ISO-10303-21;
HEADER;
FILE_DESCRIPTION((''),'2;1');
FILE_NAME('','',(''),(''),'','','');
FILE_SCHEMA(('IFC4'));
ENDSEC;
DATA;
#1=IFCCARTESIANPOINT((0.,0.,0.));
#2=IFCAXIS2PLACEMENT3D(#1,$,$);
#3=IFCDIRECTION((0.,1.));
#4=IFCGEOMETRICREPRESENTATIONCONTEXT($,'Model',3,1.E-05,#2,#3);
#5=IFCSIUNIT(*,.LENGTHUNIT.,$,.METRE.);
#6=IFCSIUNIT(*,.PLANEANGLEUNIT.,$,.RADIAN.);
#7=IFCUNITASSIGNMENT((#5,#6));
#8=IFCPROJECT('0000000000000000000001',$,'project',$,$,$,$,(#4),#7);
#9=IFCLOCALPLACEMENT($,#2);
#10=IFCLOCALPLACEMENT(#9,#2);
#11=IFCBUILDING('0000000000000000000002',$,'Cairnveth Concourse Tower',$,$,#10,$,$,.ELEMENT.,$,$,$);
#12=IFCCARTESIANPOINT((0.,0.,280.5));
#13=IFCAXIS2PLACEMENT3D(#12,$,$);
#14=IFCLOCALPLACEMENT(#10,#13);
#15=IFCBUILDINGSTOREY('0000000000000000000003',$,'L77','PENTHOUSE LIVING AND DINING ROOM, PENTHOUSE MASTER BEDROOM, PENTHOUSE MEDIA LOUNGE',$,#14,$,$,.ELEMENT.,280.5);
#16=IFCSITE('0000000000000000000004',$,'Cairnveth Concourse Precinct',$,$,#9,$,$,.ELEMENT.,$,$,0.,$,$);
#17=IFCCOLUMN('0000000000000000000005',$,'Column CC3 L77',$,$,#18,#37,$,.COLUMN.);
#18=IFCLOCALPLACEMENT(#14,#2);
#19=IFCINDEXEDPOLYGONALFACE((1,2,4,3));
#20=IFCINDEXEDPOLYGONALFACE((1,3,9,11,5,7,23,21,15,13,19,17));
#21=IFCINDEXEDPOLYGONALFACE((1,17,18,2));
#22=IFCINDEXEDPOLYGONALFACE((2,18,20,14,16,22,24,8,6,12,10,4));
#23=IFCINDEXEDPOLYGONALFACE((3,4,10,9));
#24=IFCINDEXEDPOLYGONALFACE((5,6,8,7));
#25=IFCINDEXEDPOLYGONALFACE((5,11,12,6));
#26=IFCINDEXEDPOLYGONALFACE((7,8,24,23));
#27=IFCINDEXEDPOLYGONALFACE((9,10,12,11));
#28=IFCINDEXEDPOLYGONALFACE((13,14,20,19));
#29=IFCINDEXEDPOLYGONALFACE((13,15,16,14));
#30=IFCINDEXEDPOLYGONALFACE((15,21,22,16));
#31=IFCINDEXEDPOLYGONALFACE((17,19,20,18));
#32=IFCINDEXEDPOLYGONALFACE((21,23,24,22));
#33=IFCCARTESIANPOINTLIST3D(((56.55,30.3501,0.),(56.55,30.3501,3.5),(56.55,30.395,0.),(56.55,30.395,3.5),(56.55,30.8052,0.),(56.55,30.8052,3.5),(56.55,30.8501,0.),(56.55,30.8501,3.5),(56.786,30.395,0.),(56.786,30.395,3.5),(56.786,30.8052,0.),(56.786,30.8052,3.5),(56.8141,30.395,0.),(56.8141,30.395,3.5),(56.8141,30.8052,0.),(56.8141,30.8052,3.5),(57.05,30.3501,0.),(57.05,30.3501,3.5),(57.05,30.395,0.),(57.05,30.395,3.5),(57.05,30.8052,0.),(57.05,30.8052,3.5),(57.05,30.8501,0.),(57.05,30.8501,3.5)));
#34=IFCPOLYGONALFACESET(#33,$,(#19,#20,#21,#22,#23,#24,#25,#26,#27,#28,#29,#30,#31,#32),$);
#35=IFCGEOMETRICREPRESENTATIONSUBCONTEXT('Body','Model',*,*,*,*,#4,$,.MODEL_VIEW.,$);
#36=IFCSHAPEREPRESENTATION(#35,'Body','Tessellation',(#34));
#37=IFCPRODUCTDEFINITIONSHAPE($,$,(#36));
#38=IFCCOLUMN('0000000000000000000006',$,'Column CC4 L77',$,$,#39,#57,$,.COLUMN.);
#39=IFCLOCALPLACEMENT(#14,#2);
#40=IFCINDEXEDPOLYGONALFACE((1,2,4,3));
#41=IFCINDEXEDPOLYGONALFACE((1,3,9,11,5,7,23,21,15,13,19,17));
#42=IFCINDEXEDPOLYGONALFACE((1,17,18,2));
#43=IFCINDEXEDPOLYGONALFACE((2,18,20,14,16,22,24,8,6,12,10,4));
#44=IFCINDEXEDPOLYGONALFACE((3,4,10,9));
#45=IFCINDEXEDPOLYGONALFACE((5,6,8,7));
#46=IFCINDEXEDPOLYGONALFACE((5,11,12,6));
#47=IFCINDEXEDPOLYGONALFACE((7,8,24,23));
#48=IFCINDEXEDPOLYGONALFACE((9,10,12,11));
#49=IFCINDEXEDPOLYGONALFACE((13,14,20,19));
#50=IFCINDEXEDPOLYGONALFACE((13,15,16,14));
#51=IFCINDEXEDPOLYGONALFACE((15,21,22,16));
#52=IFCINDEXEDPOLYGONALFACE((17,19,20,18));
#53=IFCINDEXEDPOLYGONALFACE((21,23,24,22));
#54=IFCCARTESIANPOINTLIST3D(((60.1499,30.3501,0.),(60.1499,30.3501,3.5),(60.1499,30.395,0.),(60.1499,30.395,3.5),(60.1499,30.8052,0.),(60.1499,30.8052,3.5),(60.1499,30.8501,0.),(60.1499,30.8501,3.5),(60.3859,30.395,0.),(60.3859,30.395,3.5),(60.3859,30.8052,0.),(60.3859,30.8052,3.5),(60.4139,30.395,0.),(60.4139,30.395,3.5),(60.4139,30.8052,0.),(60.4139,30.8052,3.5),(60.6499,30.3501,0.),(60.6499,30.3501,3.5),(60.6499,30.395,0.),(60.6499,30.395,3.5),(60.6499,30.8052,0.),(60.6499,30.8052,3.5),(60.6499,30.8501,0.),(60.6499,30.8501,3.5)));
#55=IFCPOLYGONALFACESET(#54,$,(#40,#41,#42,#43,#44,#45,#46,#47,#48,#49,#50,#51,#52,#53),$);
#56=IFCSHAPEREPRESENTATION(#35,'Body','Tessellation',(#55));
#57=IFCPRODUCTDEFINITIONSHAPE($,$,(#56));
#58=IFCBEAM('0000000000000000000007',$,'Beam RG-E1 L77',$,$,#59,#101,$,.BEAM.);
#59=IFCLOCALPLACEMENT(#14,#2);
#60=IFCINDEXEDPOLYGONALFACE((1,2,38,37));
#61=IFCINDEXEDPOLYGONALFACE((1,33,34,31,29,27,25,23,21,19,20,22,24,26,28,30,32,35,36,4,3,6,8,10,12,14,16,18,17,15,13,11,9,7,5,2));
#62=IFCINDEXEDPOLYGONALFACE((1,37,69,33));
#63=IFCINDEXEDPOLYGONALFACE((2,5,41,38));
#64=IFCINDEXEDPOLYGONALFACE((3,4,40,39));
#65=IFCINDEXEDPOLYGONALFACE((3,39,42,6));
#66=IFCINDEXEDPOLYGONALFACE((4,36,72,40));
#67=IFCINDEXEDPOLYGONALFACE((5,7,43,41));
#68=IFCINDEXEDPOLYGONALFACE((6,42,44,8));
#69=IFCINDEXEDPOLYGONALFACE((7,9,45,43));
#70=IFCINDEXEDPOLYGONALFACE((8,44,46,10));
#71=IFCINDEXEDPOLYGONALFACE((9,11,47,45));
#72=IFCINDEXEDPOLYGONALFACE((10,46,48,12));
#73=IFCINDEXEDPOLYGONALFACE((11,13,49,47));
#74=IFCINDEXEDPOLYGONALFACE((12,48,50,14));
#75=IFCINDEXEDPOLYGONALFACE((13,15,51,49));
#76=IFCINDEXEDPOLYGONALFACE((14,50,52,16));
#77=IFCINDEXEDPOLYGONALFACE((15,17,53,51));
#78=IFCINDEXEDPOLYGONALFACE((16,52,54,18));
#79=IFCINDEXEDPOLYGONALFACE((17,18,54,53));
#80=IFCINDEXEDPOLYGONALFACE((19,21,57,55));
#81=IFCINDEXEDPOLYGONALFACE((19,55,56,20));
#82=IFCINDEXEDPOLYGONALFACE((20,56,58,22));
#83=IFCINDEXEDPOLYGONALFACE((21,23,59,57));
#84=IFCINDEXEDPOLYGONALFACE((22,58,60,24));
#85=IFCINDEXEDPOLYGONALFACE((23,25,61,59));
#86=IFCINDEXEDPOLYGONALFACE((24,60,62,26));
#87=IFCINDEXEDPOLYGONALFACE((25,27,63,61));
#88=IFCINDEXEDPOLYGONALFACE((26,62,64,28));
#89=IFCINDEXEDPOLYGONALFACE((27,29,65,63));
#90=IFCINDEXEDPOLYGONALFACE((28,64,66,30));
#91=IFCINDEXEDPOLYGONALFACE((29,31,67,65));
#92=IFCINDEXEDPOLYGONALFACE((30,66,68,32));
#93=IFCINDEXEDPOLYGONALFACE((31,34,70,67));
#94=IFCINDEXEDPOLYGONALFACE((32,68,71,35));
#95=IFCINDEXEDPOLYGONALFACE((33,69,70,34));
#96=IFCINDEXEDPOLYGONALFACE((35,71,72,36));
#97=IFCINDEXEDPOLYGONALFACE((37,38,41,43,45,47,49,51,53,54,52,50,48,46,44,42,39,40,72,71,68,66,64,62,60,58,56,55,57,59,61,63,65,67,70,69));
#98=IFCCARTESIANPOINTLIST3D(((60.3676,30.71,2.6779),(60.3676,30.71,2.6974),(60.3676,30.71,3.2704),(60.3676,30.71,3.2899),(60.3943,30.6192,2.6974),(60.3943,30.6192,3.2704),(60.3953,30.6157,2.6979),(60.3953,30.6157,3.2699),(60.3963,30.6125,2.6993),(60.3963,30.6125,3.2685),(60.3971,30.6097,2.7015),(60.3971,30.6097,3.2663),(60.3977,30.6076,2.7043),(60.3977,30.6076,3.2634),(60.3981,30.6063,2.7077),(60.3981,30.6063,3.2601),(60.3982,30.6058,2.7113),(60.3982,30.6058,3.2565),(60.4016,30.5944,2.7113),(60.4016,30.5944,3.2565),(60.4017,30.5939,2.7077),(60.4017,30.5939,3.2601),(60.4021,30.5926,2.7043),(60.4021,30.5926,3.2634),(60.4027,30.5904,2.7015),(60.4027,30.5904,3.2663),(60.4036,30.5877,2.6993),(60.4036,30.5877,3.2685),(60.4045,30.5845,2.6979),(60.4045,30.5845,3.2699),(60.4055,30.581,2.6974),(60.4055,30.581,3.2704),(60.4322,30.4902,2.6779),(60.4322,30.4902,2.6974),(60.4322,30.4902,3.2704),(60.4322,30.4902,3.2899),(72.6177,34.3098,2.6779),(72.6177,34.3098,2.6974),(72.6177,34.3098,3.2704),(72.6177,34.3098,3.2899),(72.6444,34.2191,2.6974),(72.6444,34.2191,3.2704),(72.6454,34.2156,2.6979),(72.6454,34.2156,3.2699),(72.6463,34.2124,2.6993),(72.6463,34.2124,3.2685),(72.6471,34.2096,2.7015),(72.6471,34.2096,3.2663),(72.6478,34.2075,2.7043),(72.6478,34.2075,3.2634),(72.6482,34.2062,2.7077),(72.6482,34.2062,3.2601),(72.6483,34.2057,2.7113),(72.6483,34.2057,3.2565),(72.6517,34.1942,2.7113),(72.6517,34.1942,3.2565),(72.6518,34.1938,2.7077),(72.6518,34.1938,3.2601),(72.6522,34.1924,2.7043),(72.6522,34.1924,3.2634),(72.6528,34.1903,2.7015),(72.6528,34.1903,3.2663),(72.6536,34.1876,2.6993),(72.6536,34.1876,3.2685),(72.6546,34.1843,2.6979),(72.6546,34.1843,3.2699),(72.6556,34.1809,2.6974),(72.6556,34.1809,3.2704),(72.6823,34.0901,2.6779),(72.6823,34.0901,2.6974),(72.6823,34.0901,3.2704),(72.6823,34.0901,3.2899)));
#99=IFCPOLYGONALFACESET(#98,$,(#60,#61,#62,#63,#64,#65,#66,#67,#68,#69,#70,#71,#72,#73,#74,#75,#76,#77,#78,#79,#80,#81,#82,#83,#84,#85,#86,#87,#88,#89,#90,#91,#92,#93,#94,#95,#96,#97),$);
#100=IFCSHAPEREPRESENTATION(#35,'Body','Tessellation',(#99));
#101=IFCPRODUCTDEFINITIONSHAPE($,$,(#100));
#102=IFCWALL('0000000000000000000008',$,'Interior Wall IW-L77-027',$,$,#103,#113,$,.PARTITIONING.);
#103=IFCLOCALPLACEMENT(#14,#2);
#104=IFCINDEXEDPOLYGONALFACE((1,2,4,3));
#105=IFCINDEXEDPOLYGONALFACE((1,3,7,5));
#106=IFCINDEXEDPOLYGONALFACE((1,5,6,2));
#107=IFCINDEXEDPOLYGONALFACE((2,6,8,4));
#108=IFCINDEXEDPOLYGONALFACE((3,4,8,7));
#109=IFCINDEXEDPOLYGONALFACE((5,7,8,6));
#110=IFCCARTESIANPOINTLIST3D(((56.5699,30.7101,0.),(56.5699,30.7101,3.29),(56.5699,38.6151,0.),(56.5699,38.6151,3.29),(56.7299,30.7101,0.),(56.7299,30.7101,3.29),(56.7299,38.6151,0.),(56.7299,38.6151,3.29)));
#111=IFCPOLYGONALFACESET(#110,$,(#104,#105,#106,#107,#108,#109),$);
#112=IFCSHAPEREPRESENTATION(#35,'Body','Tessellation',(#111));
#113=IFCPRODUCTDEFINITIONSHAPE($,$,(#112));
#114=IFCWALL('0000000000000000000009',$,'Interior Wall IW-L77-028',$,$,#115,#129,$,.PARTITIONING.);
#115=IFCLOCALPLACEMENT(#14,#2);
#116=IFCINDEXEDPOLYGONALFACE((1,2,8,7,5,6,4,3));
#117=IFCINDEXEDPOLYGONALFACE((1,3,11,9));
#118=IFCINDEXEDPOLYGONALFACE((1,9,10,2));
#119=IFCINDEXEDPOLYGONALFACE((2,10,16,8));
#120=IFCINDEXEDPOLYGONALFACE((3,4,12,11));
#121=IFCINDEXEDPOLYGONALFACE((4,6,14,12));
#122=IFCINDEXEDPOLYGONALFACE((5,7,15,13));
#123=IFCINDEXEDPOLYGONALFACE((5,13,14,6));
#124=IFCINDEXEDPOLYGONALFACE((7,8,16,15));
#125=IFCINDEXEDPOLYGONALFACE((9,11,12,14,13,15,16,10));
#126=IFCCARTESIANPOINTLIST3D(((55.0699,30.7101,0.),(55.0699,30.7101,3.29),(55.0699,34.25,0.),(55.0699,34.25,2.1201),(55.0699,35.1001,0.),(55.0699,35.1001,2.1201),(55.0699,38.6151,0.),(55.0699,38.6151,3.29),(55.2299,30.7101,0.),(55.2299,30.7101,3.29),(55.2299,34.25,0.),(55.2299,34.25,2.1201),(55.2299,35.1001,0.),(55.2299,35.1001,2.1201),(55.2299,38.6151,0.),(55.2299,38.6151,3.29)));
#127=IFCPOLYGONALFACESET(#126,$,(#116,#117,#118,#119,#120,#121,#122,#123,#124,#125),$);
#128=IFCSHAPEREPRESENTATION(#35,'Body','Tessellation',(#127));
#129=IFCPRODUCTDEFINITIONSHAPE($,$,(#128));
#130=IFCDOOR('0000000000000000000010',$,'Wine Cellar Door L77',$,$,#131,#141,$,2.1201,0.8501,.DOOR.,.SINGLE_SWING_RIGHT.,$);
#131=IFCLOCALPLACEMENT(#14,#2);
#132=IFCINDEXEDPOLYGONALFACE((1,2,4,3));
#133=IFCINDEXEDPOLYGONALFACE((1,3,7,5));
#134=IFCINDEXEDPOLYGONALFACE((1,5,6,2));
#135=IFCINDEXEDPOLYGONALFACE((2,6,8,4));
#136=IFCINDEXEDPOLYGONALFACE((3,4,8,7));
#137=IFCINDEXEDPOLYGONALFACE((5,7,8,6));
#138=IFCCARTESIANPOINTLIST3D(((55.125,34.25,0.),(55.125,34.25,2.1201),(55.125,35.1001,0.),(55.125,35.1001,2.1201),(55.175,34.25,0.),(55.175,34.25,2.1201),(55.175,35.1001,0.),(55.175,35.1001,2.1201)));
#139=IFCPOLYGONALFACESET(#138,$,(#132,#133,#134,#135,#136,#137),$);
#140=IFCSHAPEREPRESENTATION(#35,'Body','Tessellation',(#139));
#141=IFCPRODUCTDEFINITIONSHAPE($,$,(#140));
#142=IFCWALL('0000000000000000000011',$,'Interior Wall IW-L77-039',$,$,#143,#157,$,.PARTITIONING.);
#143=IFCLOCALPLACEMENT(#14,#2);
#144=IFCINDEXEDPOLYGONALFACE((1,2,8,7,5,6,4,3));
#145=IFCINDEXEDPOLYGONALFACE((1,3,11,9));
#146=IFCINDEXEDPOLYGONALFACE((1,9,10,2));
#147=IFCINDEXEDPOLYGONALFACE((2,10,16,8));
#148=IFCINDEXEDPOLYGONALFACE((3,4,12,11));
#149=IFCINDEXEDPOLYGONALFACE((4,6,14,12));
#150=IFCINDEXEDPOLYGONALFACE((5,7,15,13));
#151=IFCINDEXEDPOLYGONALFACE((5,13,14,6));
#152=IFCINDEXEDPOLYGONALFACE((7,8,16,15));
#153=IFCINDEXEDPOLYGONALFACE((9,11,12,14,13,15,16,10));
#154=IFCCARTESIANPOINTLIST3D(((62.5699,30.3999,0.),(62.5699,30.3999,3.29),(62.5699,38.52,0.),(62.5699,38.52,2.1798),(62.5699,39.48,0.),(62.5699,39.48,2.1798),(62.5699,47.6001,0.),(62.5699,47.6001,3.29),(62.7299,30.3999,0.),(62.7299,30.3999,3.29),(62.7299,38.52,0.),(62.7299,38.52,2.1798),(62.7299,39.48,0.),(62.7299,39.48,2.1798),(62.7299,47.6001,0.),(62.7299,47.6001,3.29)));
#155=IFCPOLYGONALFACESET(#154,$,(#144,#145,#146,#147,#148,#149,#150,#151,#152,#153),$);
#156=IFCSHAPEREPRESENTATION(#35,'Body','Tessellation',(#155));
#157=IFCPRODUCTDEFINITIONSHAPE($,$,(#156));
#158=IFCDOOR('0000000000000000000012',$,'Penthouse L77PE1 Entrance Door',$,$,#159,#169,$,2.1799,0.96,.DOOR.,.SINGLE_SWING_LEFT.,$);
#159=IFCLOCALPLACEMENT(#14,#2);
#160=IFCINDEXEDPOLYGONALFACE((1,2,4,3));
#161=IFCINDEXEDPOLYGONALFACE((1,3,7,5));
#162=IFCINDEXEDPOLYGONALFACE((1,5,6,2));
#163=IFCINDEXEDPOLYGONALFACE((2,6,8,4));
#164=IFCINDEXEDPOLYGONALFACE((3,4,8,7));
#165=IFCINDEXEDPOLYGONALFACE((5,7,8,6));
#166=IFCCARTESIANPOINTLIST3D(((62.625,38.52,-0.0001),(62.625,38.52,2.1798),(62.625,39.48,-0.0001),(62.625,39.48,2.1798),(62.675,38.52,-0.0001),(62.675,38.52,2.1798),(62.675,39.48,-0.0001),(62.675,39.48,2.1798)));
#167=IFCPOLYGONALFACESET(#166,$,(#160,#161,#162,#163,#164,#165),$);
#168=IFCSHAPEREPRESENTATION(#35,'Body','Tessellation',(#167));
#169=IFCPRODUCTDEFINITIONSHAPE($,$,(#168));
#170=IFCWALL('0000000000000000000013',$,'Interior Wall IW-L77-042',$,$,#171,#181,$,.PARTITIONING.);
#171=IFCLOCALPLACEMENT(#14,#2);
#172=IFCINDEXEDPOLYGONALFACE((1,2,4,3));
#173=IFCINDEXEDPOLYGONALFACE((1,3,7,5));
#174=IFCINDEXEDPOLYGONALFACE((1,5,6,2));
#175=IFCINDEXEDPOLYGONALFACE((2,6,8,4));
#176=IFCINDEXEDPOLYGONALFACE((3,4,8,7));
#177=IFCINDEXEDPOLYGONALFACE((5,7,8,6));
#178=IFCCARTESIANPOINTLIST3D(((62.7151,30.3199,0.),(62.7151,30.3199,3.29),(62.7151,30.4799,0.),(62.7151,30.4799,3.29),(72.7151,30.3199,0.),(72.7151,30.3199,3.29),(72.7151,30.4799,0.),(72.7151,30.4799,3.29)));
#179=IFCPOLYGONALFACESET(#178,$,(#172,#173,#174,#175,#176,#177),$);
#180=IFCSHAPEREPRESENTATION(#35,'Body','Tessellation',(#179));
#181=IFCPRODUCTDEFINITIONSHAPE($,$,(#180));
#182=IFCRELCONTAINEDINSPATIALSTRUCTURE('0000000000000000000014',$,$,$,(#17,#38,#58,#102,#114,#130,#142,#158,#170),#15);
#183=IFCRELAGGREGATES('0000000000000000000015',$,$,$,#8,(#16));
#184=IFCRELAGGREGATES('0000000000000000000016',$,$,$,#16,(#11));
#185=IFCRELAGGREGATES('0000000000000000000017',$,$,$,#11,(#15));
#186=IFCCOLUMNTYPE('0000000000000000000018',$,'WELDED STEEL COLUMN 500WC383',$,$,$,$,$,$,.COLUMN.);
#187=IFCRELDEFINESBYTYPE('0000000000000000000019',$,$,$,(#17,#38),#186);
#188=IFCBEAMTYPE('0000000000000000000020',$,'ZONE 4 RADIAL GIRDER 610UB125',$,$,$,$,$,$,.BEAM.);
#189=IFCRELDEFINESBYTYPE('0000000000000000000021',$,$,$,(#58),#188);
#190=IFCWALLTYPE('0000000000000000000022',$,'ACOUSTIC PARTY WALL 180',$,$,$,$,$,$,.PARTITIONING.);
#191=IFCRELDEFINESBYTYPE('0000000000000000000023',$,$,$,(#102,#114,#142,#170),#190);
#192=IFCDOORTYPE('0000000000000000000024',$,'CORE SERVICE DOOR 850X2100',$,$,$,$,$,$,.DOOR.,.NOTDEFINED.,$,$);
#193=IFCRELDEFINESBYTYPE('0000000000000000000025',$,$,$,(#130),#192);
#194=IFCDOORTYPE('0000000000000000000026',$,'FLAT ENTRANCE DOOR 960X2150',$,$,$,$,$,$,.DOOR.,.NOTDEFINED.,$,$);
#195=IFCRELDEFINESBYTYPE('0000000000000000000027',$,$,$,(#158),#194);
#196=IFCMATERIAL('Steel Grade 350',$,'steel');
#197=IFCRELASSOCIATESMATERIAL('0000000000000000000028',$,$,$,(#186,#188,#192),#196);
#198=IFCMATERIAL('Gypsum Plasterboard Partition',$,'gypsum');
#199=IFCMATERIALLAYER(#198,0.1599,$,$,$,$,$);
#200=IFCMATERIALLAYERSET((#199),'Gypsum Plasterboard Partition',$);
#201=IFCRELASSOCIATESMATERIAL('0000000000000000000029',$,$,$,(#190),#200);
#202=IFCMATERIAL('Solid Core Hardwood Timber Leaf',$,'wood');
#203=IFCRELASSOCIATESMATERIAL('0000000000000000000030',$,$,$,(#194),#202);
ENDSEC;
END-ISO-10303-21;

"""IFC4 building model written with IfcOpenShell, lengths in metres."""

from ifc_helpers import new_model, si_unit, direction, frame, frame_2d, origin, origin_2d, place, context, subcontext, project, spatial, rectangle, i_section, extrude, material, layer, layer_set, material_profile, profile_set, type_object, element, fill, save


model = new_model("IFC4")

# Units and contexts
model_context = context("Model", 3, precision=1e-05, world=origin(), true_north=direction((0.0, 1.0)))
body_context = subcontext(model_context, "Body", "Model", "MODEL_VIEW")
ifc_project = project(units=[si_unit("LENGTHUNIT", "METRE"), si_unit("PLANEANGLEUNIT", "RADIAN")], contexts=[model_context])

# Site, building, storey
site_placement = place(None, origin())
site = spatial("IfcSite", under=ifc_project, at=site_placement, Name="Cairnveth Concourse Precinct", CompositionType="ELEMENT", RefElevation=0.0)
building_placement = place(site_placement, origin())
building = spatial("IfcBuilding", under=site, at=building_placement, Name="Cairnveth Concourse Tower", CompositionType="ELEMENT")
storey_placement = place(building_placement, frame((0.0, 0.0, 280.5)))
storey = spatial("IfcBuildingStorey", under=building, at=storey_placement, Name="L77", Description="PENTHOUSE LIVING AND DINING ROOM, PENTHOUSE MASTER BEDROOM, PENTHOUSE MEDIA LOUNGE", CompositionType="ELEMENT", Elevation=280.5)

# Columns
ifc_material_1 = material(Name="Steel Grade 350", Category="steel")
ifc_material_profile_1 = material_profile(ifc_material_1, i_section(OverallWidth=0.5, OverallDepth=0.5, WebThickness=0.0281, FlangeThickness=0.0449, at=origin_2d()), Name="500WC383")
ifc_profile_set_1 = profile_set([ifc_material_profile_1], Name="Steel Grade 350")
column_type = type_object("IfcColumnType", Name="WELDED STEEL COLUMN 500WC383", PredefinedType="COLUMN", material=ifc_profile_set_1)
for number, where, z_axis, x_axis, name in (
    (1, (56.8, 30.6001, 0.0), (0.0, 0.0, 1.0), (1.0, 0.0, 0.0), "Column CC3 L77"),
    (2, (60.3999, 30.6001, 0.0), (0.0, 0.0, 1.0), (1.0, 0.0, 0.0), "Column CC4 L77"),
):
    element("IfcColumn", number, at=place(storey_placement, frame(where, z_axis=z_axis, x_axis=x_axis)), inside=storey, type_object=column_type, Name=name, PredefinedType="COLUMN", context=body_context, shape_type="SweptSolid", body=[
        extrude(i_section(OverallWidth=0.5, OverallDepth=0.5, WebThickness=0.0281, FlangeThickness=0.0449, at=origin_2d()), origin(), (0.0, 0.0, 1.0), 3.5),
    ])

# Beam
ifc_material_profile_2 = material_profile(ifc_material_1, i_section(OverallWidth=0.229, OverallDepth=0.6121, WebThickness=0.012, FlangeThickness=0.0195, FilletRadius=0.0139, at=origin_2d()), Name="610UB125")
ifc_profile_set_2 = profile_set([ifc_material_profile_2], Name="Steel Grade 350")
beam_type = type_object("IfcBeamType", Name="ZONE 4 RADIAL GIRDER 610UB125", PredefinedType="BEAM", material=ifc_profile_set_2)
beam_placement = place(storey_placement, frame((60.3999, 30.6001, 2.9839), z_axis=(0.959431, 0.281944, 0.0), x_axis=(-0.281944, 0.959431, 0.0)))
element("IfcBeam", 3, at=beam_placement, inside=storey, type_object=beam_type, Name="Beam RG-E1 L77", PredefinedType="BEAM", context=body_context, shape_type="SweptSolid", body=[
    extrude(i_section(OverallWidth=0.229, OverallDepth=0.6121, WebThickness=0.012, FlangeThickness=0.0195, FilletRadius=0.0139, at=origin_2d()), origin(), (0.0, 0.0, 1.0), 12.7681),
])

# Wall
ifc_material_2 = material(Name="Gypsum Plasterboard Partition", Category="gypsum")
ifc_layer_1 = layer(ifc_material_2, 0.1599)
ifc_layer_set_1 = layer_set([ifc_layer_1], Name="Gypsum Plasterboard Partition")
wall_type_1 = type_object("IfcWallType", Name="ACOUSTIC PARTY WALL 180", PredefinedType="PARTITIONING", material=ifc_layer_set_1)
wall_1_placement = place(storey_placement, frame((56.6499, 30.71, 0.0), z_axis=(0.0, 0.0, 1.0), x_axis=(0.0, 1.0, 0.0)))
element("IfcWall", 4, at=wall_1_placement, inside=storey, type_object=wall_type_1, Name="Interior Wall IW-L77-027", PredefinedType="PARTITIONING", context=body_context, shape_type="SweptSolid", body=[
    extrude(rectangle(XDim=7.905, YDim=0.1599, at=frame_2d((3.9526, 0.0))), origin(), (0.0, 0.0, 1.0), 3.29),
])

# Walls, openings, doors
wall_2_placement = place(storey_placement, frame((55.1499, 30.71, 0.0), z_axis=(0.0, 0.0, 1.0), x_axis=(0.0, 1.0, 0.0)))
wall_2 = element("IfcWall", 5, at=wall_2_placement, inside=storey, type_object=wall_type_1, Name="Interior Wall IW-L77-028", PredefinedType="PARTITIONING", context=body_context, shape_type="SweptSolid", body=[
    extrude(rectangle(XDim=7.905, YDim=0.1599, at=frame_2d((3.9526, 0.0))), origin(), (0.0, 0.0, 1.0), 3.29),
])
opening_1_placement = place(wall_2_placement, frame((3.54, 0.0, 0.0)))
opening_1 = element("IfcOpeningElement", 6, at=opening_1_placement, cuts=wall_2, PredefinedType="OPENING", context=body_context, shape_type="SweptSolid", body=[
    extrude(rectangle(XDim=0.8501, YDim=2.1201, at=frame_2d((0.425, 1.0601))), frame((0.0, 0.0898, 0.0), z_axis=(0.0, -1.0, 0.0), x_axis=(1.0, 0.0, 0.0)), (0.0, 0.0, 1.0), 0.1799),
])
door_type_1 = type_object("IfcDoorType", Name="CORE SERVICE DOOR 850X2100", OperationType="NOTDEFINED", PredefinedType="DOOR", material=ifc_material_1)
door_1_placement = place(opening_1_placement, origin())
door_1 = element("IfcDoor", 7, at=door_1_placement, inside=storey, type_object=door_type_1, Name="Wine Cellar Door L77", OperationType="SINGLE_SWING_RIGHT", OverallHeight=2.1201, OverallWidth=0.8501, PredefinedType="DOOR", context=body_context, shape_type="SweptSolid", body=[
    extrude(rectangle(XDim=0.8501, YDim=2.1201, at=frame_2d((0.425, 1.0601))), frame((0.0, 0.0249, 0.0), z_axis=(0.0, -1.0, 0.0), x_axis=(1.0, 0.0, 0.0)), (0.0, 0.0, 1.0), 0.05),
])
fill(opening_1, door_1)
wall_3_placement = place(storey_placement, frame((62.6499, 30.3999, 0.0), z_axis=(0.0, 0.0, 1.0), x_axis=(0.0, 1.0, 0.0)))
wall_3 = element("IfcWall", 8, at=wall_3_placement, inside=storey, type_object=wall_type_1, Name="Interior Wall IW-L77-039", PredefinedType="PARTITIONING", context=body_context, shape_type="SweptSolid", body=[
    extrude(rectangle(XDim=17.2002, YDim=0.1599, at=frame_2d((8.6001, 0.0))), origin(), (0.0, 0.0, 1.0), 3.29),
])
opening_2_placement = place(wall_3_placement, frame((8.1201, 0.0, 0.0)))
opening_2 = element("IfcOpeningElement", 9, at=opening_2_placement, cuts=wall_3, PredefinedType="OPENING", context=body_context, shape_type="SweptSolid", body=[
    extrude(rectangle(XDim=0.96, YDim=2.1799, at=frame_2d((0.48, 1.0898))), frame((0.0, 0.0898, 0.0), z_axis=(0.0, -1.0, 0.0), x_axis=(1.0, 0.0, 0.0)), (0.0, 0.0, 1.0), 0.1799),
])
ifc_material_3 = material(Name="Solid Core Hardwood Timber Leaf", Category="wood")
door_type_2 = type_object("IfcDoorType", Name="FLAT ENTRANCE DOOR 960X2150", OperationType="NOTDEFINED", PredefinedType="DOOR", material=ifc_material_3)
door_2_placement = place(opening_2_placement, origin())
door_2 = element("IfcDoor", 10, at=door_2_placement, inside=storey, type_object=door_type_2, Name="Penthouse L77PE1 Entrance Door", OperationType="SINGLE_SWING_LEFT", OverallHeight=2.1799, OverallWidth=0.96, PredefinedType="DOOR", context=body_context, shape_type="SweptSolid", body=[
    extrude(rectangle(XDim=0.96, YDim=2.1799, at=frame_2d((0.48, 1.0898))), frame((0.0, 0.0249, 0.0), z_axis=(0.0, -1.0, 0.0), x_axis=(1.0, 0.0, 0.0)), (0.0, 0.0, 1.0), 0.05),
])
fill(opening_2, door_2)

# Wall
wall_4_placement = place(storey_placement, frame((62.7151, 30.3999, 0.0), z_axis=(0.0, 0.0, 1.0), x_axis=(1.0, 0.0, 0.0)))
element("IfcWall", 11, at=wall_4_placement, inside=storey, type_object=wall_type_1, Name="Interior Wall IW-L77-042", PredefinedType="PARTITIONING", context=body_context, shape_type="SweptSolid", body=[
    extrude(rectangle(XDim=10.0, YDim=0.1599, at=frame_2d((5.0, 0.0))), origin(), (0.0, 0.0, 1.0), 3.29),
])

save(model, "model.ifc")
